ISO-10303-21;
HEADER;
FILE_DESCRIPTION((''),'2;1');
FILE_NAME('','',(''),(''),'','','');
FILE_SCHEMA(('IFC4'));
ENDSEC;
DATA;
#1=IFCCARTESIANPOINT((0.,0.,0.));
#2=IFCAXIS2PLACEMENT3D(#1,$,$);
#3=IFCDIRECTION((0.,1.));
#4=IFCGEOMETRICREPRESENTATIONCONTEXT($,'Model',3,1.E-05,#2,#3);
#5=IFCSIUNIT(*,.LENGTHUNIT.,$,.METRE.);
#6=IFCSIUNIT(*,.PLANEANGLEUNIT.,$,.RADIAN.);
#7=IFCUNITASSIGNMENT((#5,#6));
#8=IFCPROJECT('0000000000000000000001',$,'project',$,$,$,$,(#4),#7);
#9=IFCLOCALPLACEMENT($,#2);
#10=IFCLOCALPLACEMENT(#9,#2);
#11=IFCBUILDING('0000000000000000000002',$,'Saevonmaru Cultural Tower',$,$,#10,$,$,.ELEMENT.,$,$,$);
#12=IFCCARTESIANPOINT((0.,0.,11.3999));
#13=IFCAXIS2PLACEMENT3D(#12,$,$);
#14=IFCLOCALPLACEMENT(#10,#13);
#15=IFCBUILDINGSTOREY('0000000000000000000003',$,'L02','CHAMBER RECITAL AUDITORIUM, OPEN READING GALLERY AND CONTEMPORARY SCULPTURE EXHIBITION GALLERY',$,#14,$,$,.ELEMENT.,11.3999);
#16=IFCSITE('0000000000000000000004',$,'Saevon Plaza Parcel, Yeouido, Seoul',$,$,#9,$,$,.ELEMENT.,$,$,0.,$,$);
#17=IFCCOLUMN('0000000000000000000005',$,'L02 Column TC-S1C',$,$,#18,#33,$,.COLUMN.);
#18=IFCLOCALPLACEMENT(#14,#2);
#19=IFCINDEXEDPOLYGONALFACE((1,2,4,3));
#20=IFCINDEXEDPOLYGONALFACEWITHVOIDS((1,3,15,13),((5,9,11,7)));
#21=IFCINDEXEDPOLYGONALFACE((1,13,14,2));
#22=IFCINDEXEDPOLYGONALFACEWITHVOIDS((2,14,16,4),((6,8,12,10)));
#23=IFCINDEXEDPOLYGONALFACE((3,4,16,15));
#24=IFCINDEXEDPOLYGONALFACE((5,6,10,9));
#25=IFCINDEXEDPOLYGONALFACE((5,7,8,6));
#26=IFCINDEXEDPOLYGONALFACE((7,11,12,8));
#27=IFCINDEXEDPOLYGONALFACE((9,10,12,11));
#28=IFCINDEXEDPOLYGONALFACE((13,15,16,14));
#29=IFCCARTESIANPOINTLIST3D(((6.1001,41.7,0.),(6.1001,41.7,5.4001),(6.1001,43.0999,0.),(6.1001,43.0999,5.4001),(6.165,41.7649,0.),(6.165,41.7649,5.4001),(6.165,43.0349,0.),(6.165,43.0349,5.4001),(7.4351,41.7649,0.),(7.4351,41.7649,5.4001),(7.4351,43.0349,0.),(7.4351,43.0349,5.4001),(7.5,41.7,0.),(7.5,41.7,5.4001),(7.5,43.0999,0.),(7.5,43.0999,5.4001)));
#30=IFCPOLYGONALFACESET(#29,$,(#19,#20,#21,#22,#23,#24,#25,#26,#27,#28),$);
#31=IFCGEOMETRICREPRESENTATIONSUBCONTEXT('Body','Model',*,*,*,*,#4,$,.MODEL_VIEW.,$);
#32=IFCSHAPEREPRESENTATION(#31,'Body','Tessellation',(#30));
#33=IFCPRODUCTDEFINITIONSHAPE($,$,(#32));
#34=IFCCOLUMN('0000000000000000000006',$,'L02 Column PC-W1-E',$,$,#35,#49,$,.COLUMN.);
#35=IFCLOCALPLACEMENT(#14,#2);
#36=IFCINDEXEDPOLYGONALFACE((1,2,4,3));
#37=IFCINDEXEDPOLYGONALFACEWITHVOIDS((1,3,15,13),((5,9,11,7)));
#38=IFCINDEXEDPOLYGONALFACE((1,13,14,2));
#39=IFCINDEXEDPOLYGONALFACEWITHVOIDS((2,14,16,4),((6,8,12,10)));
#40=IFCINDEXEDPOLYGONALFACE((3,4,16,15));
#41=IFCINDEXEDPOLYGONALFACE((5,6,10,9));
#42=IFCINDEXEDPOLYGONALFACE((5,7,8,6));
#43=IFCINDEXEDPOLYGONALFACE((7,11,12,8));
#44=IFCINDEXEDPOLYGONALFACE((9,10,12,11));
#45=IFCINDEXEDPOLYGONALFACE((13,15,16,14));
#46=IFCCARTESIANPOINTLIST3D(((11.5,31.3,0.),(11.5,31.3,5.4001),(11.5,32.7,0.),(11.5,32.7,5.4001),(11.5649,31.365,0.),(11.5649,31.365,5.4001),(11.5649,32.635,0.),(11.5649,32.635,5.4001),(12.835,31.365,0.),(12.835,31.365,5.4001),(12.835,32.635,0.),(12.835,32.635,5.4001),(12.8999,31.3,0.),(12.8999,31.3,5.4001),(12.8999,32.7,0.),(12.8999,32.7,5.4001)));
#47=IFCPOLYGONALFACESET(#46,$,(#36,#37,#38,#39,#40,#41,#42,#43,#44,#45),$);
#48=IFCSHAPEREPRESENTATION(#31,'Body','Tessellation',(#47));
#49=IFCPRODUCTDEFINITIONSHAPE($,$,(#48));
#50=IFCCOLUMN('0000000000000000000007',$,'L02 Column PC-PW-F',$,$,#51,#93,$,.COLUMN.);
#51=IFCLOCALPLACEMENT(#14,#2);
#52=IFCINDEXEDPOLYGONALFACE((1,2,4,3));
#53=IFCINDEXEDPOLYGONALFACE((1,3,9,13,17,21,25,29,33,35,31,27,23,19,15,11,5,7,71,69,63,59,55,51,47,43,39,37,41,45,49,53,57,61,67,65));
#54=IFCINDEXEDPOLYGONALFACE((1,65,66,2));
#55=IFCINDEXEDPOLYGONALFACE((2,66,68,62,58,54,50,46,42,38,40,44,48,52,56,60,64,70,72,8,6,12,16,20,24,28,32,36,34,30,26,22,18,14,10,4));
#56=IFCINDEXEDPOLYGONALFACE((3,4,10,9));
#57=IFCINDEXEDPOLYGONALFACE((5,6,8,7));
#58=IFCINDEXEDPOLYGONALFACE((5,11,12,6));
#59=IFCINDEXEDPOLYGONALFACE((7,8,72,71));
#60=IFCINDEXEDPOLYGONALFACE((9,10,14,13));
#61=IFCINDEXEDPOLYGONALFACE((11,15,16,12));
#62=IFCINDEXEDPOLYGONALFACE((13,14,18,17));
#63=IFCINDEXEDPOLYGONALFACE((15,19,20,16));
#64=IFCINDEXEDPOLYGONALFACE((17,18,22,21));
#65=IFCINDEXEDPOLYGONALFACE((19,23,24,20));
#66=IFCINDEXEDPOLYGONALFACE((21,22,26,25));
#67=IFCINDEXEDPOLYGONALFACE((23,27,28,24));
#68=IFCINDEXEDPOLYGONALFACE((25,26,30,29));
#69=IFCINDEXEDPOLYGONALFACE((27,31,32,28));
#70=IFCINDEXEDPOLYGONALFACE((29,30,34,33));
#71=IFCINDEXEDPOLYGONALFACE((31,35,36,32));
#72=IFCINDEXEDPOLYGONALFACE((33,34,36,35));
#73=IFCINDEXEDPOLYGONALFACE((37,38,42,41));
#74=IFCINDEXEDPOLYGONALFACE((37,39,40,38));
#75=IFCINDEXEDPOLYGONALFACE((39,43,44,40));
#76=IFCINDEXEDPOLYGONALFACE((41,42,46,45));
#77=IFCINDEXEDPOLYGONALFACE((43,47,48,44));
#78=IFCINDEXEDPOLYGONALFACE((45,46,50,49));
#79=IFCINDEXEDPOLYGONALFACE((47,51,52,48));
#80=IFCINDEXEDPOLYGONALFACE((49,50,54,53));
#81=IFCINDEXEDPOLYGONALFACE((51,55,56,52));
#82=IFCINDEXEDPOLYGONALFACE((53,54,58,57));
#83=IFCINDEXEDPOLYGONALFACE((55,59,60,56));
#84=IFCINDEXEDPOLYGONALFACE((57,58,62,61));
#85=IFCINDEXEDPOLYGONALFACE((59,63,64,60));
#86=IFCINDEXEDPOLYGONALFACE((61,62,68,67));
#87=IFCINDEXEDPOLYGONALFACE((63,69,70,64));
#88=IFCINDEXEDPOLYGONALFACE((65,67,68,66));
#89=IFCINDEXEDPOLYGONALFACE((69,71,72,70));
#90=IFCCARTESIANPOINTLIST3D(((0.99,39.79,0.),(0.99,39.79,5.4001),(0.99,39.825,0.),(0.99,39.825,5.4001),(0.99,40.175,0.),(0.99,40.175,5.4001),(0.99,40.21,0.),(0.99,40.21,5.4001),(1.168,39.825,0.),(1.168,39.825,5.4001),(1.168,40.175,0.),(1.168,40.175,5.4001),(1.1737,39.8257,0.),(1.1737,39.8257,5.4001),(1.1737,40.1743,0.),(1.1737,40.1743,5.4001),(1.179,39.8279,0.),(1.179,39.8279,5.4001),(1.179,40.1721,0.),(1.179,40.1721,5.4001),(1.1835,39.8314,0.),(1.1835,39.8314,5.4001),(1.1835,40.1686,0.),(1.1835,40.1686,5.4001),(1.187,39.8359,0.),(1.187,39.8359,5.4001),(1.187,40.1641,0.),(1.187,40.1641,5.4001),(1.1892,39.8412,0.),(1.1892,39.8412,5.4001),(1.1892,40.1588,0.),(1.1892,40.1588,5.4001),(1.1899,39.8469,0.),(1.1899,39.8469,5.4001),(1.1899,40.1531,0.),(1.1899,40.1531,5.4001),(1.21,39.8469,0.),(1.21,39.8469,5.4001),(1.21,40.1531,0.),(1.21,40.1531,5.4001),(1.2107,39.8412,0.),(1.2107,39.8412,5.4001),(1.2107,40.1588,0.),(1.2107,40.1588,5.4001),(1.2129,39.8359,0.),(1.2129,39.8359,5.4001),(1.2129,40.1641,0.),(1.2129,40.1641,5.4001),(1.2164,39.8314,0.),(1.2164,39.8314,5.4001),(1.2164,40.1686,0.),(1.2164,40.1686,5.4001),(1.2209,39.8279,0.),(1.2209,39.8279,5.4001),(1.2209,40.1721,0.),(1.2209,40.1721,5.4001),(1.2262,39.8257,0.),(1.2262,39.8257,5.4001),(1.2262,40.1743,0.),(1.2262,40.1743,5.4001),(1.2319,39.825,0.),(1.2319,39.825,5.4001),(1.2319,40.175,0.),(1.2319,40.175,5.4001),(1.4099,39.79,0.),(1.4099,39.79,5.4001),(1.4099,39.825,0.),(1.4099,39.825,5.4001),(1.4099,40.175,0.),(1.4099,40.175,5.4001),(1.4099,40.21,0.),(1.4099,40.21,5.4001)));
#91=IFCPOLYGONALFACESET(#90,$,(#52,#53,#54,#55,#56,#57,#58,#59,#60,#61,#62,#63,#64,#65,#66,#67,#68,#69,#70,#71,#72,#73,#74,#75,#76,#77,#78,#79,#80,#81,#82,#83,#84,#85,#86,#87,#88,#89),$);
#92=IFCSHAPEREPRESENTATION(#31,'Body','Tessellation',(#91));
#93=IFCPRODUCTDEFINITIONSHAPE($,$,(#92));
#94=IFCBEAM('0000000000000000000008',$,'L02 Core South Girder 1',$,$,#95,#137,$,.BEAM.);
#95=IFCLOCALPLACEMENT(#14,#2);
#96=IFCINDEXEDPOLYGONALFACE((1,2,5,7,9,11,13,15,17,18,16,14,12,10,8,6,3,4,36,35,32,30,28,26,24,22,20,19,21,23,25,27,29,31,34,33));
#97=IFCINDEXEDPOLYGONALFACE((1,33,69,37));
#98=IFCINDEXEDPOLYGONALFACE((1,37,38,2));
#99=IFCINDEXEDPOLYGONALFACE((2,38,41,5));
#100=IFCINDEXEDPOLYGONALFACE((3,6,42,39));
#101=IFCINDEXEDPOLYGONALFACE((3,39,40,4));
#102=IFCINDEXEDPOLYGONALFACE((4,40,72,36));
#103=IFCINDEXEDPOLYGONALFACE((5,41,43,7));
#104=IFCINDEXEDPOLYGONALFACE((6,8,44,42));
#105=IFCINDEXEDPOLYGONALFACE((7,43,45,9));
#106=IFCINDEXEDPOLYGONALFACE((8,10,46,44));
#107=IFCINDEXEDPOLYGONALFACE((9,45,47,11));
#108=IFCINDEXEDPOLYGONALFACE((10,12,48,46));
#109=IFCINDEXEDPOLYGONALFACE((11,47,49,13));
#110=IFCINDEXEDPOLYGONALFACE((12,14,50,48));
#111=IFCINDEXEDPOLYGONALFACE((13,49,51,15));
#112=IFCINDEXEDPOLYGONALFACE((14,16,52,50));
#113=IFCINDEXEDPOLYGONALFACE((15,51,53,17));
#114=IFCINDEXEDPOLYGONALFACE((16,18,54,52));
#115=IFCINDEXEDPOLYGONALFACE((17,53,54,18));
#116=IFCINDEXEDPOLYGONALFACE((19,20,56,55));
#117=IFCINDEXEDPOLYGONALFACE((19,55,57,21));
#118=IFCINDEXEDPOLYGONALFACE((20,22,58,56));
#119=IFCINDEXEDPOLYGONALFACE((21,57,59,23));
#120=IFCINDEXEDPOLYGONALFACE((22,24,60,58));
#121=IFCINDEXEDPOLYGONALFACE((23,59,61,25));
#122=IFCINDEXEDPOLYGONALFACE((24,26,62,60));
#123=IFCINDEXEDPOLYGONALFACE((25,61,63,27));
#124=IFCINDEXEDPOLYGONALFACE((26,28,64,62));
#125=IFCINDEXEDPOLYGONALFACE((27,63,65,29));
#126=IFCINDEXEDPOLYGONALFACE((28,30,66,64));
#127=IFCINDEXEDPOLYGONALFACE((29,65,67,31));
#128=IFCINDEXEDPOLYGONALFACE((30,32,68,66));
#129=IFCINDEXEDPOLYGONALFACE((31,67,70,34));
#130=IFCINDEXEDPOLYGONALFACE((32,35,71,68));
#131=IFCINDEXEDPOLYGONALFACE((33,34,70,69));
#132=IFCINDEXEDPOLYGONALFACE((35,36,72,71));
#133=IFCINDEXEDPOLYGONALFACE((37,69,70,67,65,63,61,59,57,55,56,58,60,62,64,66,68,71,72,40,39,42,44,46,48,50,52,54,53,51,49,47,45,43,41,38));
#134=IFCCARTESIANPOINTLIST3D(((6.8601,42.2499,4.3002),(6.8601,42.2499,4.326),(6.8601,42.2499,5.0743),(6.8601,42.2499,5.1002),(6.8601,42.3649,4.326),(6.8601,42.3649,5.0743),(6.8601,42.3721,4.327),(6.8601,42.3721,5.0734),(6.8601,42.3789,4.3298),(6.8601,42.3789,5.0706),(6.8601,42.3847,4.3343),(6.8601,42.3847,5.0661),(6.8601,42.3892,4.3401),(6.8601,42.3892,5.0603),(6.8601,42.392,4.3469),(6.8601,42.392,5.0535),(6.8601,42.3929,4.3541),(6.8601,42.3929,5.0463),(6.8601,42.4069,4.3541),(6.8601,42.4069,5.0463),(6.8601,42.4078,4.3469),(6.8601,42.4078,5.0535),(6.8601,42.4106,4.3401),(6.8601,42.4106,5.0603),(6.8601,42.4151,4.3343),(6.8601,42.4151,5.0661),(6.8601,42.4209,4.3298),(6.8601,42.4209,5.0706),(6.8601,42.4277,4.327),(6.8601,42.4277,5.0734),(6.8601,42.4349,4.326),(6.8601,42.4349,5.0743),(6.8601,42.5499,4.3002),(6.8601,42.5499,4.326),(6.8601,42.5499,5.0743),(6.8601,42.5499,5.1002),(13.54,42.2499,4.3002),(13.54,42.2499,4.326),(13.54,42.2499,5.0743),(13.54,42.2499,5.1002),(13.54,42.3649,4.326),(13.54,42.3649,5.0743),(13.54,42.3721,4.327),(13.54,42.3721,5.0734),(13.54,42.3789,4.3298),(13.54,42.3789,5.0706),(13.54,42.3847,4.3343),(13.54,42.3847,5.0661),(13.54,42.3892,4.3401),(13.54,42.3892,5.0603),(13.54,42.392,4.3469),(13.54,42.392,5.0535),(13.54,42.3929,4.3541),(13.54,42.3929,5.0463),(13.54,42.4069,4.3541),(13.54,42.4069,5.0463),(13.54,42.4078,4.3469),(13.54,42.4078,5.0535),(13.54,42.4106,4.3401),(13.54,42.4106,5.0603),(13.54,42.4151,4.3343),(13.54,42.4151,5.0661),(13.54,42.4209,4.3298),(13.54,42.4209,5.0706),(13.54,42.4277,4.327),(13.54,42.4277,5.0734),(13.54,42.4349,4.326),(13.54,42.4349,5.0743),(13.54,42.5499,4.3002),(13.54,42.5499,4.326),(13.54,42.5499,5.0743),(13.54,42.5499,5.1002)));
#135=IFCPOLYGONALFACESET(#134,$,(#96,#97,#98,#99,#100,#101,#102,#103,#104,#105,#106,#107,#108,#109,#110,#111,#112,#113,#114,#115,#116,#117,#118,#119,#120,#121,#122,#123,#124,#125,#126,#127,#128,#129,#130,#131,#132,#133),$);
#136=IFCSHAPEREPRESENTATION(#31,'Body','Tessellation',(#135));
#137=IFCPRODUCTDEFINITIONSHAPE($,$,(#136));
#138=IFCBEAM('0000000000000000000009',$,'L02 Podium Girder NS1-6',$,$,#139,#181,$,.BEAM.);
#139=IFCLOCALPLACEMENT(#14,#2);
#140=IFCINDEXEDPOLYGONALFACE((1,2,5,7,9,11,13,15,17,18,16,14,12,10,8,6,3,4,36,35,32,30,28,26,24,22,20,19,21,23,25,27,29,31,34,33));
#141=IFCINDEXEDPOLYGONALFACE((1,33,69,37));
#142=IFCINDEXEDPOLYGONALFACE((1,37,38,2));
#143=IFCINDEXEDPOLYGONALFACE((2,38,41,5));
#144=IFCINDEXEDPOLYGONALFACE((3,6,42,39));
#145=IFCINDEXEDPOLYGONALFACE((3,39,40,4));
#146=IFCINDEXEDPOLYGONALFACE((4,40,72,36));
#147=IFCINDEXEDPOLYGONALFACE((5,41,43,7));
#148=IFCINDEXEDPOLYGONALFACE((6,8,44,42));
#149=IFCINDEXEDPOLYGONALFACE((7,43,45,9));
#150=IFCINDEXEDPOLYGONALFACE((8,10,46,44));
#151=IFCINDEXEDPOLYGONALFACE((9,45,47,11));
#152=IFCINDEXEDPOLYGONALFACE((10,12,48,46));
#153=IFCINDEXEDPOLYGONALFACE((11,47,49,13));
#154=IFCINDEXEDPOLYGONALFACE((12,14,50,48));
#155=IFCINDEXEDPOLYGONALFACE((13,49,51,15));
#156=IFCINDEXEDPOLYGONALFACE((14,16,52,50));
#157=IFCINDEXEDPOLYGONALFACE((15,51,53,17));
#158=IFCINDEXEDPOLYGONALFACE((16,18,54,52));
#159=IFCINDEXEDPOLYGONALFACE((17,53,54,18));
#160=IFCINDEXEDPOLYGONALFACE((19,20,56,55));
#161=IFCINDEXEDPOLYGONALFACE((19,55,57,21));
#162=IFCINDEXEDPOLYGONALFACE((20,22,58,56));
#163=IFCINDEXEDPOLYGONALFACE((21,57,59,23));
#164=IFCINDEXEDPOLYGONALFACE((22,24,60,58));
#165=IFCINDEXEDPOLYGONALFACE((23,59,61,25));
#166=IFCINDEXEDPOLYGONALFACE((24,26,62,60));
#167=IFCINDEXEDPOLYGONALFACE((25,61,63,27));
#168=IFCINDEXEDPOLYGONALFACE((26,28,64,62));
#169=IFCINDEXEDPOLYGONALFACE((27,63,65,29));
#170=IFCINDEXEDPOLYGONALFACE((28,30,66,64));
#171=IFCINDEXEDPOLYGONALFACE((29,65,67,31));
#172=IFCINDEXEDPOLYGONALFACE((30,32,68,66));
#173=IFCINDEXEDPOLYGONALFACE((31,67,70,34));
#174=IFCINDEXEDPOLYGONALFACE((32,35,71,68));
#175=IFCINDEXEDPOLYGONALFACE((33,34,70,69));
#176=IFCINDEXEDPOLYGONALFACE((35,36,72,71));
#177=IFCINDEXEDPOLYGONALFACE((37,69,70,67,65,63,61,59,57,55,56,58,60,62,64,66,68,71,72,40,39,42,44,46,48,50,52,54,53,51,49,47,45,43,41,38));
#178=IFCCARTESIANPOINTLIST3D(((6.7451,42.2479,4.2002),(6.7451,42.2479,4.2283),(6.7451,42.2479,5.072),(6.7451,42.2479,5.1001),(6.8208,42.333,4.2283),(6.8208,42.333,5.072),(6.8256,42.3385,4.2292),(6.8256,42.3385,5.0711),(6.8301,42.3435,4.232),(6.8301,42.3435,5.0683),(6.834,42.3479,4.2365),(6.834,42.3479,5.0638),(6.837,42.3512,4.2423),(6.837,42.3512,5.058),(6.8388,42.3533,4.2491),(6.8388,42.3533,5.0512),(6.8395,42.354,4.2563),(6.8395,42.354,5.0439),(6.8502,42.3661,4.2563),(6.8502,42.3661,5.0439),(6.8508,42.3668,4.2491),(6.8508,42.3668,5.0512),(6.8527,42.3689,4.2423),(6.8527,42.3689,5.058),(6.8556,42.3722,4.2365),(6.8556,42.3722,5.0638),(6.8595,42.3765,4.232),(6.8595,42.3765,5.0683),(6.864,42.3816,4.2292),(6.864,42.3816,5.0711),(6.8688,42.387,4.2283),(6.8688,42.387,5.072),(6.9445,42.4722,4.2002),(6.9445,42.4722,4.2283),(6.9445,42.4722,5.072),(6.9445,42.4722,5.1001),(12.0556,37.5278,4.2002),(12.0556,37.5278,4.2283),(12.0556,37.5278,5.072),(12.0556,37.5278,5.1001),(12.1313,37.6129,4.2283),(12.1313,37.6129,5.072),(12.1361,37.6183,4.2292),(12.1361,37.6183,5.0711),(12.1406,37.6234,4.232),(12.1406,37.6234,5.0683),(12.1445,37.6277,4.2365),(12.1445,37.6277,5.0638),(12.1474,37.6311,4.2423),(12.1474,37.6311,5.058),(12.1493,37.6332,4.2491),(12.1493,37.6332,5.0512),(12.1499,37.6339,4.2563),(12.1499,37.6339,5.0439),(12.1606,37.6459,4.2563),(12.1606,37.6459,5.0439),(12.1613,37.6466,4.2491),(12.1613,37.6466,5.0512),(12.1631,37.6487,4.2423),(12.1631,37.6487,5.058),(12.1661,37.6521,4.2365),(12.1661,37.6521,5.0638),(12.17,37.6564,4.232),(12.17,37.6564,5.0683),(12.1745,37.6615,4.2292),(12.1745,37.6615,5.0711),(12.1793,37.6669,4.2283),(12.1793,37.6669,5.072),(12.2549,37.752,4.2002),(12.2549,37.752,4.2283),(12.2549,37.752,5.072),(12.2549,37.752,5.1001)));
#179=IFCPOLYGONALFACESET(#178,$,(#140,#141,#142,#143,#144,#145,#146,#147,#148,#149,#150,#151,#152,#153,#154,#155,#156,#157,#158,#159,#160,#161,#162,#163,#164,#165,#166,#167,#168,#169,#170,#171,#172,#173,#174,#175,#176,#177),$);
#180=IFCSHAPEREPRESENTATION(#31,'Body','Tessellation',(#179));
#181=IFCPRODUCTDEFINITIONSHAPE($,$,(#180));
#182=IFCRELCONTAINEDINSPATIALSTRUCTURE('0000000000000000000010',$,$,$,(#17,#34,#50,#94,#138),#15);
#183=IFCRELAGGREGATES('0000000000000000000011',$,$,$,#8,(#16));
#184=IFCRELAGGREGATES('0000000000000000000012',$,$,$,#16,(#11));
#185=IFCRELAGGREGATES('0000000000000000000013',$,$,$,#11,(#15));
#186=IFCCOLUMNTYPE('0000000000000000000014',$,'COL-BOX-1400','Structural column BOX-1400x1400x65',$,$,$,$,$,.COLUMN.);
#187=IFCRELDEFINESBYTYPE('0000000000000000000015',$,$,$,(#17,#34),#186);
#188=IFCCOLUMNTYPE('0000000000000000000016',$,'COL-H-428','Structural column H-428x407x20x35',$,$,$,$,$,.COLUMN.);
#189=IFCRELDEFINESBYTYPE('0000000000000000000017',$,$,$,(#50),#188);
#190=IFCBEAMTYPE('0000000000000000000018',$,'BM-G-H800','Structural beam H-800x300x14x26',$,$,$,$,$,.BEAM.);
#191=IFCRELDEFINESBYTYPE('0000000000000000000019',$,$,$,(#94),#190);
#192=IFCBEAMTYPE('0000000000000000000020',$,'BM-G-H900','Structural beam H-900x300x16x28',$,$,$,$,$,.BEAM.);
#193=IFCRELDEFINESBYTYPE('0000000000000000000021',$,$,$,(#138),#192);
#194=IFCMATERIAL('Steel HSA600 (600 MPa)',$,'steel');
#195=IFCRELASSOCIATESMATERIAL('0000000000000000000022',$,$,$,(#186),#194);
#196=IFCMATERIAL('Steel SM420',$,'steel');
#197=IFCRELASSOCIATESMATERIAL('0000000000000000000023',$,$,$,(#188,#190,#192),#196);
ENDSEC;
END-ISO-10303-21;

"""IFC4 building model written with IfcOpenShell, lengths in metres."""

from ifc_helpers import new_model, si_unit, direction, frame, origin, origin_2d, place, context, subcontext, project, spatial, hollow_rectangle, i_section, extrude, material, material_profile, profile_set, type_object, element, save


model = new_model("IFC4")

# Units and contexts
model_context = context("Model", 3, precision=1e-05, world=origin(), true_north=direction((0.0, 1.0)))
body_context = subcontext(model_context, "Body", "Model", "MODEL_VIEW")
ifc_project = project(units=[si_unit("LENGTHUNIT", "METRE"), si_unit("PLANEANGLEUNIT", "RADIAN")], contexts=[model_context])

# Site, building, storey
site_placement = place(None, origin())
site = spatial("IfcSite", under=ifc_project, at=site_placement, Name="Saevon Plaza Parcel, Yeouido, Seoul", CompositionType="ELEMENT", RefElevation=0.0)
building_placement = place(site_placement, origin())
building = spatial("IfcBuilding", under=site, at=building_placement, Name="Saevonmaru Cultural Tower", CompositionType="ELEMENT")
storey_placement = place(building_placement, frame((0.0, 0.0, 11.3999)))
storey = spatial("IfcBuildingStorey", under=building, at=storey_placement, Name="L02", Description="CHAMBER RECITAL AUDITORIUM, OPEN READING GALLERY AND CONTEMPORARY SCULPTURE EXHIBITION GALLERY", CompositionType="ELEMENT", Elevation=11.3999)

# Columns
ifc_material_1 = material(Name="Steel HSA600 (600 MPa)", Category="steel")
ifc_material_profile_1 = material_profile(ifc_material_1, hollow_rectangle(XDim=1.3999, YDim=1.3999, WallThickness=0.0649, at=origin_2d()), Name="BOX-1400x1400x65")
ifc_profile_set_1 = profile_set([ifc_material_profile_1], Name="Steel HSA600 (600 MPa)")
column_type_1 = type_object("IfcColumnType", Name="COL-BOX-1400", Description="Structural column BOX-1400x1400x65", PredefinedType="COLUMN", material=ifc_profile_set_1)
for number, where, z_axis, x_axis, name in (
    (1, (6.8, 42.3999, 0.0), (0.0, 0.0, 1.0), (1.0, 0.0, 0.0), "L02 Column TC-S1C"),
    (2, (12.2, 32.0, 0.0), (0.0, 0.0, 1.0), (1.0, 0.0, 0.0), "L02 Column PC-W1-E"),
):
    element("IfcColumn", number, at=place(storey_placement, frame(where, z_axis=z_axis, x_axis=x_axis)), inside=storey, type_object=column_type_1, Name=name, PredefinedType="COLUMN", context=body_context, shape_type="SweptSolid", body=[
        extrude(hollow_rectangle(XDim=1.3999, YDim=1.3999, WallThickness=0.0649, at=origin_2d()), origin(), (0.0, 0.0, 1.0), 5.4001),
    ])
ifc_material_2 = material(Name="Steel SM420", Category="steel")
ifc_material_profile_2 = material_profile(ifc_material_2, i_section(OverallWidth=0.4199, OverallDepth=0.4199, WebThickness=0.02, FlangeThickness=0.0349, FilletRadius=0.022, at=origin_2d()), Name="H-428x407x20x35")
ifc_profile_set_2 = profile_set([ifc_material_profile_2], Name="Steel SM420")
column_type_2 = type_object("IfcColumnType", Name="COL-H-428", Description="Structural column H-428x407x20x35", PredefinedType="COLUMN", material=ifc_profile_set_2)
column_placement = place(storey_placement, frame((1.2, 40.0, 0.0), z_axis=(0.0, 0.0, 1.0), x_axis=(1.0, 0.0, 0.0)))
element("IfcColumn", 3, at=column_placement, inside=storey, type_object=column_type_2, Name="L02 Column PC-PW-F", PredefinedType="COLUMN", context=body_context, shape_type="SweptSolid", body=[
    extrude(i_section(OverallWidth=0.4199, OverallDepth=0.4199, WebThickness=0.02, FlangeThickness=0.0349, FilletRadius=0.022, at=origin_2d()), origin(), (0.0, 0.0, 1.0), 5.4001),
])

# Beams
ifc_material_profile_3 = material_profile(ifc_material_2, i_section(OverallWidth=0.3, OverallDepth=0.8, WebThickness=0.0139, FlangeThickness=0.0259, FilletRadius=0.0281, at=origin_2d()), Name="H-800x300x14x26")
ifc_profile_set_3 = profile_set([ifc_material_profile_3], Name="Steel SM420")
beam_type_1 = type_object("IfcBeamType", Name="BM-G-H800", Description="Structural beam H-800x300x14x26", PredefinedType="BEAM", material=ifc_profile_set_3)
beam_1_placement = place(storey_placement, frame((6.8601, 42.3999, 4.7002), z_axis=(1.0, 0.0, 0.0), x_axis=(0.0, 1.0, 0.0)))
element("IfcBeam", 4, at=beam_1_placement, inside=storey, type_object=beam_type_1, Name="L02 Core South Girder 1", PredefinedType="BEAM", context=body_context, shape_type="SweptSolid", body=[
    extrude(i_section(OverallWidth=0.3, OverallDepth=0.8, WebThickness=0.0139, FlangeThickness=0.0259, FilletRadius=0.0281, at=origin_2d()), origin(), (0.0, 0.0, 1.0), 6.6799),
])
ifc_material_profile_4 = material_profile(ifc_material_2, i_section(OverallWidth=0.3, OverallDepth=0.8999, WebThickness=0.0161, FlangeThickness=0.0281, FilletRadius=0.0281, at=origin_2d()), Name="H-900x300x16x28")
ifc_profile_set_4 = profile_set([ifc_material_profile_4], Name="Steel SM420")
beam_type_2 = type_object("IfcBeamType", Name="BM-G-H900", Description="Structural beam H-900x300x16x28", PredefinedType="BEAM", material=ifc_profile_set_4)
beam_2_placement = place(storey_placement, frame((12.1553, 37.6399, 4.6501), z_axis=(-0.747428, 0.664343, 0.0), x_axis=(-0.664343, -0.747428, 0.0)))
element("IfcBeam", 5, at=beam_2_placement, inside=storey, type_object=beam_type_2, Name="L02 Podium Girder NS1-6", PredefinedType="BEAM", context=body_context, shape_type="SweptSolid", body=[
    extrude(i_section(OverallWidth=0.3, OverallDepth=0.8999, WebThickness=0.0161, FlangeThickness=0.0281, FilletRadius=0.0281, at=origin_2d()), origin(), (0.0, 0.0, 1.0), 7.105),
])

save(model, "model.ifc")
